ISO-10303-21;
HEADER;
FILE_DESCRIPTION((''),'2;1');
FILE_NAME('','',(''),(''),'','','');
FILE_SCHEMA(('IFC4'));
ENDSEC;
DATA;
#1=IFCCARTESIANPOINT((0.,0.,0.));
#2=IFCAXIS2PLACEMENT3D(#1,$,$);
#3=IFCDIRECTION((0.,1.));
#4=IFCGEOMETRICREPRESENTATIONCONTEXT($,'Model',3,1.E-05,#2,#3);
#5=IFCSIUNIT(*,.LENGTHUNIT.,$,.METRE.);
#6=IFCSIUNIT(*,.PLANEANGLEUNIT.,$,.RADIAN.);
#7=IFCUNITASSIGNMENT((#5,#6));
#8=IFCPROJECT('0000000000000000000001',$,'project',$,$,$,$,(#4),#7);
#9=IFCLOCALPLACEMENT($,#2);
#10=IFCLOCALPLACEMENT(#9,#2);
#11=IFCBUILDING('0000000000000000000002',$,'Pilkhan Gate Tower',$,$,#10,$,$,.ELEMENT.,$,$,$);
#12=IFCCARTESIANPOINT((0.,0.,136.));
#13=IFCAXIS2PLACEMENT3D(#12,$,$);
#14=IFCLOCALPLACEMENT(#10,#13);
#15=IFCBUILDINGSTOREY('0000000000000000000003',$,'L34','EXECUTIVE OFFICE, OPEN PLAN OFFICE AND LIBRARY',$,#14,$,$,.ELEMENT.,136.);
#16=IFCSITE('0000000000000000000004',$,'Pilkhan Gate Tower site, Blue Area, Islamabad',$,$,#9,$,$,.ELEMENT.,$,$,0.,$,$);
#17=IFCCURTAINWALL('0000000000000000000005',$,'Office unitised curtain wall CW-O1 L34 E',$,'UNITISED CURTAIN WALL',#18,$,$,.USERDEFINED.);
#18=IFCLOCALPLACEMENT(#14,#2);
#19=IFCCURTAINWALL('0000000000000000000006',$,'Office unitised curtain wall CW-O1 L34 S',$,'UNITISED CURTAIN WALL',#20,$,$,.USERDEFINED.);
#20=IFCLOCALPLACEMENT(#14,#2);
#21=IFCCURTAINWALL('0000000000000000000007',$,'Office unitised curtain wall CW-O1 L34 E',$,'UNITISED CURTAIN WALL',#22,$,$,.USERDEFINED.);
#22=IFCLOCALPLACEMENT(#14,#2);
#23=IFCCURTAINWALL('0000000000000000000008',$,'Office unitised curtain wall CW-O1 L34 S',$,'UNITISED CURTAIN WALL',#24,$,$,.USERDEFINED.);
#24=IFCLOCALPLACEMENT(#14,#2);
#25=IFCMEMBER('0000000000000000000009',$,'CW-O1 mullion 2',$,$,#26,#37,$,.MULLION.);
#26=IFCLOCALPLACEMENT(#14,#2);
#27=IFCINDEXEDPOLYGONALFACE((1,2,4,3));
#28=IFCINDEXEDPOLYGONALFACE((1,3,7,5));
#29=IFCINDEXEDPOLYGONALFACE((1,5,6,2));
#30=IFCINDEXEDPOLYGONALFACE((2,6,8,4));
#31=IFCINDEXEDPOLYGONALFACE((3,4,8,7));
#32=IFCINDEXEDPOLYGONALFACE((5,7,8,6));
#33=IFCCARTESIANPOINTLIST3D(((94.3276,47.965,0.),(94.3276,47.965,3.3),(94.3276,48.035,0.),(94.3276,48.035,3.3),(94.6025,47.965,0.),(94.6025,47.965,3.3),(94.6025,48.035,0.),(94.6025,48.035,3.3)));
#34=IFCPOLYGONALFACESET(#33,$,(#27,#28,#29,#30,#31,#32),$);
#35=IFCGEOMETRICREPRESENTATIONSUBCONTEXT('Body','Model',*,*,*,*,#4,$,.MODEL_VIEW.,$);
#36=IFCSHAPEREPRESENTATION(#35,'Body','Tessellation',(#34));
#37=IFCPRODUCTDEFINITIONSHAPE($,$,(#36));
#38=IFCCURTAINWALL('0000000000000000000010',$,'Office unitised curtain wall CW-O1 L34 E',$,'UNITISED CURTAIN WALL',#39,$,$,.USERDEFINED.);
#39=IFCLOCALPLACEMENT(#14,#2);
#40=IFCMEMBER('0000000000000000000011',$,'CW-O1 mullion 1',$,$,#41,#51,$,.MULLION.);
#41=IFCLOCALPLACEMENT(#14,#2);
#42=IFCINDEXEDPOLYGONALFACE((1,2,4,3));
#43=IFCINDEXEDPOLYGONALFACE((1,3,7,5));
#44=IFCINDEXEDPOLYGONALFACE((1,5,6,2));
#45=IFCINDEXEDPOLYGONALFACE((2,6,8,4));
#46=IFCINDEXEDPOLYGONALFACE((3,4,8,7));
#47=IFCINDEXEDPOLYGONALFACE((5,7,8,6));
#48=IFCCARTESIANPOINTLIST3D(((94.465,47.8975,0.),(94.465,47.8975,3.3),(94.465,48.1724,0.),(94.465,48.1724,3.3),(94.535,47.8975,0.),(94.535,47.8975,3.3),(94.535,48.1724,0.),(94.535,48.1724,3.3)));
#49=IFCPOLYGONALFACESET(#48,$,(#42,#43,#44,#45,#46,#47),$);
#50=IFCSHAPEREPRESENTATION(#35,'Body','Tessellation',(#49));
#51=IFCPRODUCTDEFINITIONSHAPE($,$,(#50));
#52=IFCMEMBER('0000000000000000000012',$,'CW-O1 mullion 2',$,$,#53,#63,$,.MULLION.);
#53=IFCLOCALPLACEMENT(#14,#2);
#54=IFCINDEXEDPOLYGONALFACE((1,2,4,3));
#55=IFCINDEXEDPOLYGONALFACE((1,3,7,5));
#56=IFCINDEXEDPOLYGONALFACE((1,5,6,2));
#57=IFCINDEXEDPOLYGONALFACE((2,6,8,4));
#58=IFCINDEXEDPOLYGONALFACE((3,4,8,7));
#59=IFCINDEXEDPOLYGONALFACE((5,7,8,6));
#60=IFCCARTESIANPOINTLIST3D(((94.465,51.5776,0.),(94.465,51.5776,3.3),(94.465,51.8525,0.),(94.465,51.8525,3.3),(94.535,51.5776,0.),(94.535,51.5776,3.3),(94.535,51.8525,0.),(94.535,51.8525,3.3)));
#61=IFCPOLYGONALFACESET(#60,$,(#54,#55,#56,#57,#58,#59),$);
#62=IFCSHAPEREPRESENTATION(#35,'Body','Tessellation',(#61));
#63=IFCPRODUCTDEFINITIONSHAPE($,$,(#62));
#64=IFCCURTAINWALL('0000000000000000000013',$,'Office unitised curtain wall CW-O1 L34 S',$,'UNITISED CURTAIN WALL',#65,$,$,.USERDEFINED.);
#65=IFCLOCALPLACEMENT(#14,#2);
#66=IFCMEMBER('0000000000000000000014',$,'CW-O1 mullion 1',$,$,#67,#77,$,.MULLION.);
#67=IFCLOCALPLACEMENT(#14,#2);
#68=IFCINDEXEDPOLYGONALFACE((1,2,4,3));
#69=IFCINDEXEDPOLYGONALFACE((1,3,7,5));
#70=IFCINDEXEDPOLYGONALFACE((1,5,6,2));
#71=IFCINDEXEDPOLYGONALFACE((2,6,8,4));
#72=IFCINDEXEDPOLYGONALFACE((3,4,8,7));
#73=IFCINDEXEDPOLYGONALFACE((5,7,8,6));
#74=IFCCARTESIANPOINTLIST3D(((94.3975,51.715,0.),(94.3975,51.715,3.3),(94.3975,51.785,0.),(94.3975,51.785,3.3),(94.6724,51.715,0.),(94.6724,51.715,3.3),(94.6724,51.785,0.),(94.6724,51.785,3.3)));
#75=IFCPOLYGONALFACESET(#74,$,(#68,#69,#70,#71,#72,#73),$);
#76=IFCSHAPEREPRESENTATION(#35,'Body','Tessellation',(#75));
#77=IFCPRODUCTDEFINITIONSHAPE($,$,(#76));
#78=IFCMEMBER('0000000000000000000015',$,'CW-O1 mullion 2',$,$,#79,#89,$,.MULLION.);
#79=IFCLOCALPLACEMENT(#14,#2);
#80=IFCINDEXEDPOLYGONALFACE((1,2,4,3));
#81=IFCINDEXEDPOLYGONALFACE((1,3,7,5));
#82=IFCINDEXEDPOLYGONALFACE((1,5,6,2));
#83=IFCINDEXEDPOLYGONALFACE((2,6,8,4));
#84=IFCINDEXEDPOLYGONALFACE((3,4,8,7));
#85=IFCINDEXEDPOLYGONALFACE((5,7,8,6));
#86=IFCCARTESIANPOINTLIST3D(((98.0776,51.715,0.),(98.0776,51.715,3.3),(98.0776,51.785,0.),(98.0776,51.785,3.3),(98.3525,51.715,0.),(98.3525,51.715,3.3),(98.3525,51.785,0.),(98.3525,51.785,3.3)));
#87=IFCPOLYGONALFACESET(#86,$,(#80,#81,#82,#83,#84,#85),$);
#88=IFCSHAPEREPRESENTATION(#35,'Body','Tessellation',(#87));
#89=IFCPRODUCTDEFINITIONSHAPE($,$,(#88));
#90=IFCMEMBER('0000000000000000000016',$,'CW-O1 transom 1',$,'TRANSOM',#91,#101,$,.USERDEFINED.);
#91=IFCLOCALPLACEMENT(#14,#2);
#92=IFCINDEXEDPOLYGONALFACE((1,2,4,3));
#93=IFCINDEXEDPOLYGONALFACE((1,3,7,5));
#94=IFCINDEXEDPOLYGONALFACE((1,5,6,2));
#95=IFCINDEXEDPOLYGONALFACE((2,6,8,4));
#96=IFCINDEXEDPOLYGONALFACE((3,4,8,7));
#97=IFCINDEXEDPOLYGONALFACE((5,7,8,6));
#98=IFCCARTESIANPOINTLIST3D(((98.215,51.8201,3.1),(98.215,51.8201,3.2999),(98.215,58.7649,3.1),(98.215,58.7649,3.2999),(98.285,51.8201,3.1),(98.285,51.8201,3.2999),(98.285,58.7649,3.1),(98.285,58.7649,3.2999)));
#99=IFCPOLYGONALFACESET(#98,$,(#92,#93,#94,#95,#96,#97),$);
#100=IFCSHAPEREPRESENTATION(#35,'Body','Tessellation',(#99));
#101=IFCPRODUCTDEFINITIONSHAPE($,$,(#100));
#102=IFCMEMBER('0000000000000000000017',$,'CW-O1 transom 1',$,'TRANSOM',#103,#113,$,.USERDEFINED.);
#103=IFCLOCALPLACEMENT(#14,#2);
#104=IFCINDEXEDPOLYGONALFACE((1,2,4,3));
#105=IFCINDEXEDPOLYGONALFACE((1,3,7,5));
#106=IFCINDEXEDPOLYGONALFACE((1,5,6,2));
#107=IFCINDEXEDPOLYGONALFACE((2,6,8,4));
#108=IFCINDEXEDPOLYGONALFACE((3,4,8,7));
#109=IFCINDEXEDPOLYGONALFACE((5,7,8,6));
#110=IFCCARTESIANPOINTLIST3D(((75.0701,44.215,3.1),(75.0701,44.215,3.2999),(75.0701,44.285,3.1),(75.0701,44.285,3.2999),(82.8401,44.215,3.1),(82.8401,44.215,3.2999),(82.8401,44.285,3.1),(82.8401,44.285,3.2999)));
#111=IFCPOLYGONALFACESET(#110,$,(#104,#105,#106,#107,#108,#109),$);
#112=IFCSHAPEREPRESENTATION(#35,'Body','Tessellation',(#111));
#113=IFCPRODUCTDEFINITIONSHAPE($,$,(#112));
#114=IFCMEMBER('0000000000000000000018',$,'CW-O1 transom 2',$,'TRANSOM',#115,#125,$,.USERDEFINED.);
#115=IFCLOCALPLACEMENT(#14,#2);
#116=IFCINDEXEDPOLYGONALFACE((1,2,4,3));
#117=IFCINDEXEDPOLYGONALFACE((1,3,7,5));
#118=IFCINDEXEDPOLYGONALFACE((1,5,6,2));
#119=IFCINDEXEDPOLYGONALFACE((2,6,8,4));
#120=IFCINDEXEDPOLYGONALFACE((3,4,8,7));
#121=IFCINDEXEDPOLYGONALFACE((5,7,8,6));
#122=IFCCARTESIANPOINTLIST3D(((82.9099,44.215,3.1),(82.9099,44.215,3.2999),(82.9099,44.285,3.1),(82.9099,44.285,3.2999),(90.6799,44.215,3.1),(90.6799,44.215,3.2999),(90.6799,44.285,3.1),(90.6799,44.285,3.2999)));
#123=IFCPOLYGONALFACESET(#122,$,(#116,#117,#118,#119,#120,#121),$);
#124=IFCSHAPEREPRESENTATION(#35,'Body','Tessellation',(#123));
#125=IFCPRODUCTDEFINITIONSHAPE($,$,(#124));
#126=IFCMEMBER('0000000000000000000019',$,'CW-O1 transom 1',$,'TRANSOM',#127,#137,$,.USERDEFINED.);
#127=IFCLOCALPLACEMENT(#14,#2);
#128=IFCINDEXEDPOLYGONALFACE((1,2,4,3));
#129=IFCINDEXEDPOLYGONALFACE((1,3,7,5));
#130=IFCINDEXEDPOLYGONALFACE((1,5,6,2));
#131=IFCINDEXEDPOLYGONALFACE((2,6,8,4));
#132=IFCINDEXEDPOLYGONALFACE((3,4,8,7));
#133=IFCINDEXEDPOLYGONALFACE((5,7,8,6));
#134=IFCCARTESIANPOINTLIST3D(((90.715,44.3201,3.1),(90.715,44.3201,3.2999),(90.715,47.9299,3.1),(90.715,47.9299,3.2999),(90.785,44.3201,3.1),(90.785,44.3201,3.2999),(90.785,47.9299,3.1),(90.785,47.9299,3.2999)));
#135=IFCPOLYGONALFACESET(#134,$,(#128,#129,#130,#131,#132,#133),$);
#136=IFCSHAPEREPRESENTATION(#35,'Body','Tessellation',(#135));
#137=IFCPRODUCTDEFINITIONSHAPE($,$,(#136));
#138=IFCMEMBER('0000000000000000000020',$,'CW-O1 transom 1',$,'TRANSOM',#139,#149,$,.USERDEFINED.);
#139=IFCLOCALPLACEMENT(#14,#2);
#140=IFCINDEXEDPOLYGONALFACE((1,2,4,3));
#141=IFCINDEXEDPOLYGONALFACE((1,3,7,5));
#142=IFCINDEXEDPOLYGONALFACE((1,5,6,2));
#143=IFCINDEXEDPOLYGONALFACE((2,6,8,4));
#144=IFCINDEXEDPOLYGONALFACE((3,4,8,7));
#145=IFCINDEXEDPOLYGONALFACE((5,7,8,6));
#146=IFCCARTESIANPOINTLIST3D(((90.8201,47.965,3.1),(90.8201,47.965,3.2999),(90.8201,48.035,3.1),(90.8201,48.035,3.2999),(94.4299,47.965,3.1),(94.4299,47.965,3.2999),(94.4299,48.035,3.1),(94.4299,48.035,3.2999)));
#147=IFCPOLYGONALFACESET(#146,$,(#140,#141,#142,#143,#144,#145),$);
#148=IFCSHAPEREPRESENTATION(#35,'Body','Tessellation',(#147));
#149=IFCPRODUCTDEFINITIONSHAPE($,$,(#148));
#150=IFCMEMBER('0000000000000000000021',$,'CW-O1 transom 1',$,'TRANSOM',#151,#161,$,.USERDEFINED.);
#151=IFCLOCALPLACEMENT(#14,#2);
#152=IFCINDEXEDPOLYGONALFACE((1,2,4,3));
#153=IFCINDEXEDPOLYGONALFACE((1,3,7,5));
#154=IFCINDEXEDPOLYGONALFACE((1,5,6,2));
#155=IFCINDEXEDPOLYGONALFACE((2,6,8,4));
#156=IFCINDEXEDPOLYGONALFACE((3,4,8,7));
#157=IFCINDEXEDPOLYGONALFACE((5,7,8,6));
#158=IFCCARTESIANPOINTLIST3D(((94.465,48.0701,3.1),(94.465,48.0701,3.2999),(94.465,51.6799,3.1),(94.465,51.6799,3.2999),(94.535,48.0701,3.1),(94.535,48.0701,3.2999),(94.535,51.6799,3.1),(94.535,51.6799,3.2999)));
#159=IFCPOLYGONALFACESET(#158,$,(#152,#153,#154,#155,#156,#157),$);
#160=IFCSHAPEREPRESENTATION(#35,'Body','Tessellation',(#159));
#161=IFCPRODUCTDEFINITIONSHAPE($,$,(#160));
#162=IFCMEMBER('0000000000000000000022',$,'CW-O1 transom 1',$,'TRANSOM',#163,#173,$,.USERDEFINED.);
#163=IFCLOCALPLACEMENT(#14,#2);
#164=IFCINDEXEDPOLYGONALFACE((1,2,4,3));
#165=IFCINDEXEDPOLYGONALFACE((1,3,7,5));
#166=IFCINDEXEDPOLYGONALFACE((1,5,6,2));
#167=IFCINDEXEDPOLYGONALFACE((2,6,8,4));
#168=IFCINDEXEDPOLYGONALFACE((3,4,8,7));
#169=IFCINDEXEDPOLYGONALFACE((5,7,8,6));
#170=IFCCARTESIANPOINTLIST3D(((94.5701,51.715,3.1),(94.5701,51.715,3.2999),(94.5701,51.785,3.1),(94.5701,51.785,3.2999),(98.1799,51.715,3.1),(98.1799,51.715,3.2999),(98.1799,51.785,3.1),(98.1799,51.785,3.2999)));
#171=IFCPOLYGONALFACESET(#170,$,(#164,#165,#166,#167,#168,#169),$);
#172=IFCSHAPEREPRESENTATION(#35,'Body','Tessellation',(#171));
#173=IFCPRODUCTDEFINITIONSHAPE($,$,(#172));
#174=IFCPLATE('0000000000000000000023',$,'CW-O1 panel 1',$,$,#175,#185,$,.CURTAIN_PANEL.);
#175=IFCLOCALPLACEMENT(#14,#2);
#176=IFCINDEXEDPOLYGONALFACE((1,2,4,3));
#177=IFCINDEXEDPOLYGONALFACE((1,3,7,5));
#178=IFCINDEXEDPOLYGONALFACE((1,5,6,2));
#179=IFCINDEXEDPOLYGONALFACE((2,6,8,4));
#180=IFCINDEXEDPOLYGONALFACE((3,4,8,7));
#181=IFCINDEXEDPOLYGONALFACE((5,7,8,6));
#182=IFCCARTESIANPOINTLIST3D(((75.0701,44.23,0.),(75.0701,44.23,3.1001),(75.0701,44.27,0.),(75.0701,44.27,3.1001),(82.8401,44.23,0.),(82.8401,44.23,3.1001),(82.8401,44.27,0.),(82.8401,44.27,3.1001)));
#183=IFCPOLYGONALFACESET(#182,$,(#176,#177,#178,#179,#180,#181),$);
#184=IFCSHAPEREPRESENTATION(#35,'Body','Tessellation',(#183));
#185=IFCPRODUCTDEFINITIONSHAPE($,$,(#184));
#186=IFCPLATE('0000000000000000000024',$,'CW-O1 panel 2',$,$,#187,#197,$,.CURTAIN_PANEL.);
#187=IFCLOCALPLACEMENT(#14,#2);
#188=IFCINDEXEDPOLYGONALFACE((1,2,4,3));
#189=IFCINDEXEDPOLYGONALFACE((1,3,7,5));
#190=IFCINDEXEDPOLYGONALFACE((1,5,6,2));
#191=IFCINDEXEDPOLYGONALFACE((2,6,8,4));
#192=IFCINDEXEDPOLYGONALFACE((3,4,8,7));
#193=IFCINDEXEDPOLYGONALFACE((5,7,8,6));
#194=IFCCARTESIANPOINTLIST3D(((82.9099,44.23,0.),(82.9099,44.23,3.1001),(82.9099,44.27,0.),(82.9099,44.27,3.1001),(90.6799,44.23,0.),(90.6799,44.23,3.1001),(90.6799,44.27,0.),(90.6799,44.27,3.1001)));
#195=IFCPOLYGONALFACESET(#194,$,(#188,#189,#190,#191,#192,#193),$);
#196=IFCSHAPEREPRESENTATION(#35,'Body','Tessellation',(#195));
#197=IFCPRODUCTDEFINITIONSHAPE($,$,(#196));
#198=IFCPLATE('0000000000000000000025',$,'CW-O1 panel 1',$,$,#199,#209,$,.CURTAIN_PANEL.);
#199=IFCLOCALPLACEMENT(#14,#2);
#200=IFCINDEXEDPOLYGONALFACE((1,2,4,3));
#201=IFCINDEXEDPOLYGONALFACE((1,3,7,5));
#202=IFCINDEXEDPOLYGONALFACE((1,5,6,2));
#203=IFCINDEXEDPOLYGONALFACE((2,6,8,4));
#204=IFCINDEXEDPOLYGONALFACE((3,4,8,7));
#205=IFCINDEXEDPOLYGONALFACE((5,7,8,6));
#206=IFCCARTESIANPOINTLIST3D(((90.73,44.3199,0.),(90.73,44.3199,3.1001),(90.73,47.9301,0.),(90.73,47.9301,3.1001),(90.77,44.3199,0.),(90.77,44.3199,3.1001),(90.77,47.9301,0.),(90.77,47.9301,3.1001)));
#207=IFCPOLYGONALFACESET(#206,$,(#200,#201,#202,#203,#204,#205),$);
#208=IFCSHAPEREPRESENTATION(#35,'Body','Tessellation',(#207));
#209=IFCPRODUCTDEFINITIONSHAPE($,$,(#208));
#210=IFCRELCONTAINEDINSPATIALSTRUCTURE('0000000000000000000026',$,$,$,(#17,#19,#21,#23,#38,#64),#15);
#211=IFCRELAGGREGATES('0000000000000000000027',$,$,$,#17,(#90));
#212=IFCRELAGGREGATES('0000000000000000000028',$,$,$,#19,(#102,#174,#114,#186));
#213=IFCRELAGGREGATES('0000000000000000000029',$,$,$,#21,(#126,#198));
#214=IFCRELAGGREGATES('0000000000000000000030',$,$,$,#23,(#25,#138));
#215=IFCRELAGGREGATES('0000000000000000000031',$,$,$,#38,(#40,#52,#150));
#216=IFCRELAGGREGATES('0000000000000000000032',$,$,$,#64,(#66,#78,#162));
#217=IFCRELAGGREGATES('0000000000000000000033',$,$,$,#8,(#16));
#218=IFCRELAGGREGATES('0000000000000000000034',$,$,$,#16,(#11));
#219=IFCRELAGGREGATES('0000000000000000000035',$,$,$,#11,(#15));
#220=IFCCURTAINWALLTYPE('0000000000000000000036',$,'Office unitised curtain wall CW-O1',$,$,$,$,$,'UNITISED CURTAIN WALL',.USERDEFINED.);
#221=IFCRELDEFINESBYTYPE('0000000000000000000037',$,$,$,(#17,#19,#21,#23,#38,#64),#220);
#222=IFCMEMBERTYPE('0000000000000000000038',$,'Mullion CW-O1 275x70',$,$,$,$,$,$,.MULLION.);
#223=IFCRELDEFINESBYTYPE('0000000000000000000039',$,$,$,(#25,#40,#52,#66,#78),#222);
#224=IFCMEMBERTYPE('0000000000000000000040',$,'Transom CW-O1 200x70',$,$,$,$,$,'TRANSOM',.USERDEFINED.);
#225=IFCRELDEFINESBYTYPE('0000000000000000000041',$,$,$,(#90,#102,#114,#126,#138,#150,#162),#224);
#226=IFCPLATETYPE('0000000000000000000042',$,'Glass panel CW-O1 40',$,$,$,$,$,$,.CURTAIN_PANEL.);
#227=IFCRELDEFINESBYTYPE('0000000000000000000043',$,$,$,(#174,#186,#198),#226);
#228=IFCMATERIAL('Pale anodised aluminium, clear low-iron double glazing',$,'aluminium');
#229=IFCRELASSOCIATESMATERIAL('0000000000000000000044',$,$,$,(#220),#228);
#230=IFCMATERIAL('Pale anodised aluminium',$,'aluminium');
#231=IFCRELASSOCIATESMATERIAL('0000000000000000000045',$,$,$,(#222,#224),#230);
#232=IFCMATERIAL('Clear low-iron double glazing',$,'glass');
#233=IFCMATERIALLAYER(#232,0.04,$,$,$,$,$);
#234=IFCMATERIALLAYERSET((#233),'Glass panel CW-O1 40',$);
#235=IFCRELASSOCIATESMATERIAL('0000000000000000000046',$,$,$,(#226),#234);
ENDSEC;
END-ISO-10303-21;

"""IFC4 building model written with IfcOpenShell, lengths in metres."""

from ifc_helpers import new_model, si_unit, direction, frame, origin, origin_2d, place, context, subcontext, project, spatial, rectangle, extrude, material, layer, layer_set, material_profile, profile_set, type_object, element, aggregate, save


model = new_model("IFC4")

# Units and contexts
model_context = context("Model", 3, precision=1e-05, world=origin(), true_north=direction((0.0, 1.0)))
body_context = subcontext(model_context, "Body", "Model", "MODEL_VIEW")
ifc_project = project(units=[si_unit("LENGTHUNIT", "METRE"), si_unit("PLANEANGLEUNIT", "RADIAN")], contexts=[model_context])

# Site, building, storey
site_placement = place(None, origin())
site = spatial("IfcSite", under=ifc_project, at=site_placement, Name="Pilkhan Gate Tower site, Blue Area, Islamabad", CompositionType="ELEMENT", RefElevation=0.0)
building_placement = place(site_placement, origin())
building = spatial("IfcBuilding", under=site, at=building_placement, Name="Pilkhan Gate Tower", CompositionType="ELEMENT")
storey_placement = place(building_placement, frame((0.0, 0.0, 136.0)))
storey = spatial("IfcBuildingStorey", under=building, at=storey_placement, Name="L34", Description="EXECUTIVE OFFICE, OPEN PLAN OFFICE AND LIBRARY", CompositionType="ELEMENT", Elevation=136.0)

# Curtain wall
ifc_material_1 = material(Name="Pale anodised aluminium, clear low-iron double glazing", Category="aluminium")
curtain_wall_type = type_object("IfcCurtainWallType", Name="Office unitised curtain wall CW-O1", ElementType="UNITISED CURTAIN WALL", PredefinedType="USERDEFINED", material=ifc_material_1)
curtain_wall_1_placement = place(storey_placement, origin())
curtain_wall_1 = element("IfcCurtainWall", 1, at=curtain_wall_1_placement, inside=storey, type_object=curtain_wall_type, Name="Office unitised curtain wall CW-O1 L34 E", ObjectType="UNITISED CURTAIN WALL", PredefinedType="USERDEFINED")
ifc_material_2 = material(Name="Pale anodised aluminium", Category="aluminium")
ifc_material_profile_1 = material_profile(ifc_material_2, rectangle(XDim=0.0701, YDim=0.2749, at=origin_2d()), Name="Mullion 275x70")
ifc_profile_set_1 = profile_set([ifc_material_profile_1], Name="Pale anodised aluminium")
member_type_1 = type_object("IfcMemberType", Name="Mullion CW-O1 275x70", PredefinedType="MULLION", material=ifc_profile_set_1)

# Curtain walls, members
curtain_wall_2_placement = place(storey_placement, origin())
curtain_wall_2 = element("IfcCurtainWall", 2, at=curtain_wall_2_placement, inside=storey, type_object=curtain_wall_type, Name="Office unitised curtain wall CW-O1 L34 S", ObjectType="UNITISED CURTAIN WALL", PredefinedType="USERDEFINED")
curtain_wall_3_placement = place(storey_placement, origin())
curtain_wall_3 = element("IfcCurtainWall", 3, at=curtain_wall_3_placement, inside=storey, type_object=curtain_wall_type, Name="Office unitised curtain wall CW-O1 L34 E", ObjectType="UNITISED CURTAIN WALL", PredefinedType="USERDEFINED")
curtain_wall_4_placement = place(storey_placement, origin())
curtain_wall_4 = element("IfcCurtainWall", 4, at=curtain_wall_4_placement, inside=storey, type_object=curtain_wall_type, Name="Office unitised curtain wall CW-O1 L34 S", ObjectType="UNITISED CURTAIN WALL", PredefinedType="USERDEFINED")
member_1_placement = place(storey_placement, frame((94.4651, 48.0, 0.0), z_axis=(0.0, 0.0, 1.0), x_axis=(0.0, 1.0, 0.0)))
member_1 = element("IfcMember", 5, at=member_1_placement, type_object=member_type_1, Name="CW-O1 mullion 2", PredefinedType="MULLION", context=body_context, shape_type="SweptSolid", body=[
    extrude(rectangle(XDim=0.0701, YDim=0.2749, at=origin_2d()), origin(), (0.0, 0.0, 1.0), 3.3),
])
curtain_wall_5_placement = place(storey_placement, origin())
curtain_wall_5 = element("IfcCurtainWall", 6, at=curtain_wall_5_placement, inside=storey, type_object=curtain_wall_type, Name="Office unitised curtain wall CW-O1 L34 E", ObjectType="UNITISED CURTAIN WALL", PredefinedType="USERDEFINED")
member_2_placement = place(storey_placement, frame((94.5, 48.0349, 0.0), z_axis=(0.0, 0.0, 1.0), x_axis=(-1.0, 0.0, 0.0)))
member_2 = element("IfcMember", 7, at=member_2_placement, type_object=member_type_1, Name="CW-O1 mullion 1", PredefinedType="MULLION", context=body_context, shape_type="SweptSolid", body=[
    extrude(rectangle(XDim=0.0701, YDim=0.2749, at=origin_2d()), origin(), (0.0, 0.0, 1.0), 3.3),
])
member_3_placement = place(storey_placement, frame((94.5, 51.7151, 0.0), z_axis=(0.0, 0.0, 1.0), x_axis=(-1.0, 0.0, 0.0)))
member_3 = element("IfcMember", 8, at=member_3_placement, type_object=member_type_1, Name="CW-O1 mullion 2", PredefinedType="MULLION", context=body_context, shape_type="SweptSolid", body=[
    extrude(rectangle(XDim=0.0701, YDim=0.2749, at=origin_2d()), origin(), (0.0, 0.0, 1.0), 3.3),
])
curtain_wall_6_placement = place(storey_placement, origin())
curtain_wall_6 = element("IfcCurtainWall", 9, at=curtain_wall_6_placement, inside=storey, type_object=curtain_wall_type, Name="Office unitised curtain wall CW-O1 L34 S", ObjectType="UNITISED CURTAIN WALL", PredefinedType="USERDEFINED")
member_4_placement = place(storey_placement, frame((94.5349, 51.75, 0.0), z_axis=(0.0, 0.0, 1.0), x_axis=(0.0, 1.0, 0.0)))
member_4 = element("IfcMember", 10, at=member_4_placement, type_object=member_type_1, Name="CW-O1 mullion 1", PredefinedType="MULLION", context=body_context, shape_type="SweptSolid", body=[
    extrude(rectangle(XDim=0.0701, YDim=0.2749, at=origin_2d()), origin(), (0.0, 0.0, 1.0), 3.3),
])
member_5_placement = place(storey_placement, frame((98.2151, 51.75, 0.0), z_axis=(0.0, 0.0, 1.0), x_axis=(0.0, 1.0, 0.0)))
member_5 = element("IfcMember", 11, at=member_5_placement, type_object=member_type_1, Name="CW-O1 mullion 2", PredefinedType="MULLION", context=body_context, shape_type="SweptSolid", body=[
    extrude(rectangle(XDim=0.0701, YDim=0.2749, at=origin_2d()), origin(), (0.0, 0.0, 1.0), 3.3),
])

# Members
ifc_material_profile_2 = material_profile(ifc_material_2, rectangle(XDim=0.0701, YDim=0.2, at=origin_2d()), Name="Transom 200x70")
ifc_profile_set_2 = profile_set([ifc_material_profile_2], Name="Pale anodised aluminium")
member_type_2 = type_object("IfcMemberType", Name="Transom CW-O1 200x70", ElementType="TRANSOM", PredefinedType="USERDEFINED", material=ifc_profile_set_2)
member_6_placement = place(storey_placement, frame((98.25, 51.8201, 3.2), z_axis=(0.0, 1.0, 0.0), x_axis=(-1.0, 0.0, 0.0)))
member_6 = element("IfcMember", 12, at=member_6_placement, type_object=member_type_2, Name="CW-O1 transom 1", ObjectType="TRANSOM", PredefinedType="USERDEFINED", context=body_context, shape_type="SweptSolid", body=[
    extrude(rectangle(XDim=0.0701, YDim=0.2, at=origin_2d()), origin(), (0.0, 0.0, 1.0), 6.9448),
])
aggregate(curtain_wall_1, [member_6])
member_7_placement = place(storey_placement, frame((75.0701, 44.25, 3.2), z_axis=(1.0, 0.0, 0.0), x_axis=(0.0, 1.0, 0.0)))
member_7 = element("IfcMember", 13, at=member_7_placement, type_object=member_type_2, Name="CW-O1 transom 1", ObjectType="TRANSOM", PredefinedType="USERDEFINED", context=body_context, shape_type="SweptSolid", body=[
    extrude(rectangle(XDim=0.0701, YDim=0.2, at=origin_2d()), origin(), (0.0, 0.0, 1.0), 7.77),
])
member_8_placement = place(storey_placement, frame((82.9099, 44.25, 3.2), z_axis=(1.0, 0.0, 0.0), x_axis=(0.0, 1.0, 0.0)))
member_8 = element("IfcMember", 14, at=member_8_placement, type_object=member_type_2, Name="CW-O1 transom 2", ObjectType="TRANSOM", PredefinedType="USERDEFINED", context=body_context, shape_type="SweptSolid", body=[
    extrude(rectangle(XDim=0.0701, YDim=0.2, at=origin_2d()), origin(), (0.0, 0.0, 1.0), 7.77),
])
member_9_placement = place(storey_placement, frame((90.75, 44.3201, 3.2), z_axis=(0.0, 1.0, 0.0), x_axis=(-1.0, 0.0, 0.0)))
member_9 = element("IfcMember", 15, at=member_9_placement, type_object=member_type_2, Name="CW-O1 transom 1", ObjectType="TRANSOM", PredefinedType="USERDEFINED", context=body_context, shape_type="SweptSolid", body=[
    extrude(rectangle(XDim=0.0701, YDim=0.2, at=origin_2d()), origin(), (0.0, 0.0, 1.0), 3.6099),
])
member_10_placement = place(storey_placement, frame((90.8201, 48.0, 3.2), z_axis=(1.0, 0.0, 0.0), x_axis=(0.0, 1.0, 0.0)))
member_10 = element("IfcMember", 16, at=member_10_placement, type_object=member_type_2, Name="CW-O1 transom 1", ObjectType="TRANSOM", PredefinedType="USERDEFINED", context=body_context, shape_type="SweptSolid", body=[
    extrude(rectangle(XDim=0.0701, YDim=0.2, at=origin_2d()), origin(), (0.0, 0.0, 1.0), 3.6099),
])
member_11_placement = place(storey_placement, frame((94.5, 48.0701, 3.2), z_axis=(0.0, 1.0, 0.0), x_axis=(-1.0, 0.0, 0.0)))
member_11 = element("IfcMember", 17, at=member_11_placement, type_object=member_type_2, Name="CW-O1 transom 1", ObjectType="TRANSOM", PredefinedType="USERDEFINED", context=body_context, shape_type="SweptSolid", body=[
    extrude(rectangle(XDim=0.0701, YDim=0.2, at=origin_2d()), origin(), (0.0, 0.0, 1.0), 3.6099),
])
member_12_placement = place(storey_placement, frame((94.5701, 51.75, 3.2), z_axis=(1.0, 0.0, 0.0), x_axis=(0.0, 1.0, 0.0)))
member_12 = element("IfcMember", 18, at=member_12_placement, type_object=member_type_2, Name="CW-O1 transom 1", ObjectType="TRANSOM", PredefinedType="USERDEFINED", context=body_context, shape_type="SweptSolid", body=[
    extrude(rectangle(XDim=0.0701, YDim=0.2, at=origin_2d()), origin(), (0.0, 0.0, 1.0), 3.6099),
])

# Plates
ifc_material_3 = material(Name="Clear low-iron double glazing", Category="glass")
ifc_layer_1 = layer(ifc_material_3, 0.04)
ifc_layer_set_1 = layer_set([ifc_layer_1], Name="Glass panel CW-O1 40")
plate_type = type_object("IfcPlateType", Name="Glass panel CW-O1 40", PredefinedType="CURTAIN_PANEL", material=ifc_layer_set_1)
plate_1_placement = place(storey_placement, frame((78.9551, 44.25, 0.0), z_axis=(0.0, 0.0, 1.0), x_axis=(1.0, 0.0, 0.0)))
plate_1 = element("IfcPlate", 19, at=plate_1_placement, type_object=plate_type, Name="CW-O1 panel 1", PredefinedType="CURTAIN_PANEL", context=body_context, shape_type="SweptSolid", body=[
    extrude(rectangle(XDim=7.77, YDim=0.04, at=origin_2d()), origin(), (0.0, 0.0, 1.0), 3.1001),
])
plate_2_placement = place(storey_placement, frame((86.7949, 44.25, 0.0), z_axis=(0.0, 0.0, 1.0), x_axis=(1.0, 0.0, 0.0)))
plate_2 = element("IfcPlate", 20, at=plate_2_placement, type_object=plate_type, Name="CW-O1 panel 2", PredefinedType="CURTAIN_PANEL", context=body_context, shape_type="SweptSolid", body=[
    extrude(rectangle(XDim=7.77, YDim=0.04, at=origin_2d()), origin(), (0.0, 0.0, 1.0), 3.1001),
])
aggregate(curtain_wall_2, [member_7, plate_1, member_8, plate_2])
plate_3_placement = place(storey_placement, frame((90.75, 46.125, 0.0), z_axis=(0.0, 0.0, 1.0), x_axis=(0.0, 1.0, 0.0)))
plate_3 = element("IfcPlate", 21, at=plate_3_placement, type_object=plate_type, Name="CW-O1 panel 1", PredefinedType="CURTAIN_PANEL", context=body_context, shape_type="SweptSolid", body=[
    extrude(rectangle(XDim=3.6101, YDim=0.04, at=origin_2d()), origin(), (0.0, 0.0, 1.0), 3.1001),
])
aggregate(curtain_wall_3, [member_9, plate_3])
aggregate(curtain_wall_4, [member_1, member_10])
aggregate(curtain_wall_5, [member_2, member_3, member_11])
aggregate(curtain_wall_6, [member_4, member_5, member_12])

save(model, "model.ifc")
